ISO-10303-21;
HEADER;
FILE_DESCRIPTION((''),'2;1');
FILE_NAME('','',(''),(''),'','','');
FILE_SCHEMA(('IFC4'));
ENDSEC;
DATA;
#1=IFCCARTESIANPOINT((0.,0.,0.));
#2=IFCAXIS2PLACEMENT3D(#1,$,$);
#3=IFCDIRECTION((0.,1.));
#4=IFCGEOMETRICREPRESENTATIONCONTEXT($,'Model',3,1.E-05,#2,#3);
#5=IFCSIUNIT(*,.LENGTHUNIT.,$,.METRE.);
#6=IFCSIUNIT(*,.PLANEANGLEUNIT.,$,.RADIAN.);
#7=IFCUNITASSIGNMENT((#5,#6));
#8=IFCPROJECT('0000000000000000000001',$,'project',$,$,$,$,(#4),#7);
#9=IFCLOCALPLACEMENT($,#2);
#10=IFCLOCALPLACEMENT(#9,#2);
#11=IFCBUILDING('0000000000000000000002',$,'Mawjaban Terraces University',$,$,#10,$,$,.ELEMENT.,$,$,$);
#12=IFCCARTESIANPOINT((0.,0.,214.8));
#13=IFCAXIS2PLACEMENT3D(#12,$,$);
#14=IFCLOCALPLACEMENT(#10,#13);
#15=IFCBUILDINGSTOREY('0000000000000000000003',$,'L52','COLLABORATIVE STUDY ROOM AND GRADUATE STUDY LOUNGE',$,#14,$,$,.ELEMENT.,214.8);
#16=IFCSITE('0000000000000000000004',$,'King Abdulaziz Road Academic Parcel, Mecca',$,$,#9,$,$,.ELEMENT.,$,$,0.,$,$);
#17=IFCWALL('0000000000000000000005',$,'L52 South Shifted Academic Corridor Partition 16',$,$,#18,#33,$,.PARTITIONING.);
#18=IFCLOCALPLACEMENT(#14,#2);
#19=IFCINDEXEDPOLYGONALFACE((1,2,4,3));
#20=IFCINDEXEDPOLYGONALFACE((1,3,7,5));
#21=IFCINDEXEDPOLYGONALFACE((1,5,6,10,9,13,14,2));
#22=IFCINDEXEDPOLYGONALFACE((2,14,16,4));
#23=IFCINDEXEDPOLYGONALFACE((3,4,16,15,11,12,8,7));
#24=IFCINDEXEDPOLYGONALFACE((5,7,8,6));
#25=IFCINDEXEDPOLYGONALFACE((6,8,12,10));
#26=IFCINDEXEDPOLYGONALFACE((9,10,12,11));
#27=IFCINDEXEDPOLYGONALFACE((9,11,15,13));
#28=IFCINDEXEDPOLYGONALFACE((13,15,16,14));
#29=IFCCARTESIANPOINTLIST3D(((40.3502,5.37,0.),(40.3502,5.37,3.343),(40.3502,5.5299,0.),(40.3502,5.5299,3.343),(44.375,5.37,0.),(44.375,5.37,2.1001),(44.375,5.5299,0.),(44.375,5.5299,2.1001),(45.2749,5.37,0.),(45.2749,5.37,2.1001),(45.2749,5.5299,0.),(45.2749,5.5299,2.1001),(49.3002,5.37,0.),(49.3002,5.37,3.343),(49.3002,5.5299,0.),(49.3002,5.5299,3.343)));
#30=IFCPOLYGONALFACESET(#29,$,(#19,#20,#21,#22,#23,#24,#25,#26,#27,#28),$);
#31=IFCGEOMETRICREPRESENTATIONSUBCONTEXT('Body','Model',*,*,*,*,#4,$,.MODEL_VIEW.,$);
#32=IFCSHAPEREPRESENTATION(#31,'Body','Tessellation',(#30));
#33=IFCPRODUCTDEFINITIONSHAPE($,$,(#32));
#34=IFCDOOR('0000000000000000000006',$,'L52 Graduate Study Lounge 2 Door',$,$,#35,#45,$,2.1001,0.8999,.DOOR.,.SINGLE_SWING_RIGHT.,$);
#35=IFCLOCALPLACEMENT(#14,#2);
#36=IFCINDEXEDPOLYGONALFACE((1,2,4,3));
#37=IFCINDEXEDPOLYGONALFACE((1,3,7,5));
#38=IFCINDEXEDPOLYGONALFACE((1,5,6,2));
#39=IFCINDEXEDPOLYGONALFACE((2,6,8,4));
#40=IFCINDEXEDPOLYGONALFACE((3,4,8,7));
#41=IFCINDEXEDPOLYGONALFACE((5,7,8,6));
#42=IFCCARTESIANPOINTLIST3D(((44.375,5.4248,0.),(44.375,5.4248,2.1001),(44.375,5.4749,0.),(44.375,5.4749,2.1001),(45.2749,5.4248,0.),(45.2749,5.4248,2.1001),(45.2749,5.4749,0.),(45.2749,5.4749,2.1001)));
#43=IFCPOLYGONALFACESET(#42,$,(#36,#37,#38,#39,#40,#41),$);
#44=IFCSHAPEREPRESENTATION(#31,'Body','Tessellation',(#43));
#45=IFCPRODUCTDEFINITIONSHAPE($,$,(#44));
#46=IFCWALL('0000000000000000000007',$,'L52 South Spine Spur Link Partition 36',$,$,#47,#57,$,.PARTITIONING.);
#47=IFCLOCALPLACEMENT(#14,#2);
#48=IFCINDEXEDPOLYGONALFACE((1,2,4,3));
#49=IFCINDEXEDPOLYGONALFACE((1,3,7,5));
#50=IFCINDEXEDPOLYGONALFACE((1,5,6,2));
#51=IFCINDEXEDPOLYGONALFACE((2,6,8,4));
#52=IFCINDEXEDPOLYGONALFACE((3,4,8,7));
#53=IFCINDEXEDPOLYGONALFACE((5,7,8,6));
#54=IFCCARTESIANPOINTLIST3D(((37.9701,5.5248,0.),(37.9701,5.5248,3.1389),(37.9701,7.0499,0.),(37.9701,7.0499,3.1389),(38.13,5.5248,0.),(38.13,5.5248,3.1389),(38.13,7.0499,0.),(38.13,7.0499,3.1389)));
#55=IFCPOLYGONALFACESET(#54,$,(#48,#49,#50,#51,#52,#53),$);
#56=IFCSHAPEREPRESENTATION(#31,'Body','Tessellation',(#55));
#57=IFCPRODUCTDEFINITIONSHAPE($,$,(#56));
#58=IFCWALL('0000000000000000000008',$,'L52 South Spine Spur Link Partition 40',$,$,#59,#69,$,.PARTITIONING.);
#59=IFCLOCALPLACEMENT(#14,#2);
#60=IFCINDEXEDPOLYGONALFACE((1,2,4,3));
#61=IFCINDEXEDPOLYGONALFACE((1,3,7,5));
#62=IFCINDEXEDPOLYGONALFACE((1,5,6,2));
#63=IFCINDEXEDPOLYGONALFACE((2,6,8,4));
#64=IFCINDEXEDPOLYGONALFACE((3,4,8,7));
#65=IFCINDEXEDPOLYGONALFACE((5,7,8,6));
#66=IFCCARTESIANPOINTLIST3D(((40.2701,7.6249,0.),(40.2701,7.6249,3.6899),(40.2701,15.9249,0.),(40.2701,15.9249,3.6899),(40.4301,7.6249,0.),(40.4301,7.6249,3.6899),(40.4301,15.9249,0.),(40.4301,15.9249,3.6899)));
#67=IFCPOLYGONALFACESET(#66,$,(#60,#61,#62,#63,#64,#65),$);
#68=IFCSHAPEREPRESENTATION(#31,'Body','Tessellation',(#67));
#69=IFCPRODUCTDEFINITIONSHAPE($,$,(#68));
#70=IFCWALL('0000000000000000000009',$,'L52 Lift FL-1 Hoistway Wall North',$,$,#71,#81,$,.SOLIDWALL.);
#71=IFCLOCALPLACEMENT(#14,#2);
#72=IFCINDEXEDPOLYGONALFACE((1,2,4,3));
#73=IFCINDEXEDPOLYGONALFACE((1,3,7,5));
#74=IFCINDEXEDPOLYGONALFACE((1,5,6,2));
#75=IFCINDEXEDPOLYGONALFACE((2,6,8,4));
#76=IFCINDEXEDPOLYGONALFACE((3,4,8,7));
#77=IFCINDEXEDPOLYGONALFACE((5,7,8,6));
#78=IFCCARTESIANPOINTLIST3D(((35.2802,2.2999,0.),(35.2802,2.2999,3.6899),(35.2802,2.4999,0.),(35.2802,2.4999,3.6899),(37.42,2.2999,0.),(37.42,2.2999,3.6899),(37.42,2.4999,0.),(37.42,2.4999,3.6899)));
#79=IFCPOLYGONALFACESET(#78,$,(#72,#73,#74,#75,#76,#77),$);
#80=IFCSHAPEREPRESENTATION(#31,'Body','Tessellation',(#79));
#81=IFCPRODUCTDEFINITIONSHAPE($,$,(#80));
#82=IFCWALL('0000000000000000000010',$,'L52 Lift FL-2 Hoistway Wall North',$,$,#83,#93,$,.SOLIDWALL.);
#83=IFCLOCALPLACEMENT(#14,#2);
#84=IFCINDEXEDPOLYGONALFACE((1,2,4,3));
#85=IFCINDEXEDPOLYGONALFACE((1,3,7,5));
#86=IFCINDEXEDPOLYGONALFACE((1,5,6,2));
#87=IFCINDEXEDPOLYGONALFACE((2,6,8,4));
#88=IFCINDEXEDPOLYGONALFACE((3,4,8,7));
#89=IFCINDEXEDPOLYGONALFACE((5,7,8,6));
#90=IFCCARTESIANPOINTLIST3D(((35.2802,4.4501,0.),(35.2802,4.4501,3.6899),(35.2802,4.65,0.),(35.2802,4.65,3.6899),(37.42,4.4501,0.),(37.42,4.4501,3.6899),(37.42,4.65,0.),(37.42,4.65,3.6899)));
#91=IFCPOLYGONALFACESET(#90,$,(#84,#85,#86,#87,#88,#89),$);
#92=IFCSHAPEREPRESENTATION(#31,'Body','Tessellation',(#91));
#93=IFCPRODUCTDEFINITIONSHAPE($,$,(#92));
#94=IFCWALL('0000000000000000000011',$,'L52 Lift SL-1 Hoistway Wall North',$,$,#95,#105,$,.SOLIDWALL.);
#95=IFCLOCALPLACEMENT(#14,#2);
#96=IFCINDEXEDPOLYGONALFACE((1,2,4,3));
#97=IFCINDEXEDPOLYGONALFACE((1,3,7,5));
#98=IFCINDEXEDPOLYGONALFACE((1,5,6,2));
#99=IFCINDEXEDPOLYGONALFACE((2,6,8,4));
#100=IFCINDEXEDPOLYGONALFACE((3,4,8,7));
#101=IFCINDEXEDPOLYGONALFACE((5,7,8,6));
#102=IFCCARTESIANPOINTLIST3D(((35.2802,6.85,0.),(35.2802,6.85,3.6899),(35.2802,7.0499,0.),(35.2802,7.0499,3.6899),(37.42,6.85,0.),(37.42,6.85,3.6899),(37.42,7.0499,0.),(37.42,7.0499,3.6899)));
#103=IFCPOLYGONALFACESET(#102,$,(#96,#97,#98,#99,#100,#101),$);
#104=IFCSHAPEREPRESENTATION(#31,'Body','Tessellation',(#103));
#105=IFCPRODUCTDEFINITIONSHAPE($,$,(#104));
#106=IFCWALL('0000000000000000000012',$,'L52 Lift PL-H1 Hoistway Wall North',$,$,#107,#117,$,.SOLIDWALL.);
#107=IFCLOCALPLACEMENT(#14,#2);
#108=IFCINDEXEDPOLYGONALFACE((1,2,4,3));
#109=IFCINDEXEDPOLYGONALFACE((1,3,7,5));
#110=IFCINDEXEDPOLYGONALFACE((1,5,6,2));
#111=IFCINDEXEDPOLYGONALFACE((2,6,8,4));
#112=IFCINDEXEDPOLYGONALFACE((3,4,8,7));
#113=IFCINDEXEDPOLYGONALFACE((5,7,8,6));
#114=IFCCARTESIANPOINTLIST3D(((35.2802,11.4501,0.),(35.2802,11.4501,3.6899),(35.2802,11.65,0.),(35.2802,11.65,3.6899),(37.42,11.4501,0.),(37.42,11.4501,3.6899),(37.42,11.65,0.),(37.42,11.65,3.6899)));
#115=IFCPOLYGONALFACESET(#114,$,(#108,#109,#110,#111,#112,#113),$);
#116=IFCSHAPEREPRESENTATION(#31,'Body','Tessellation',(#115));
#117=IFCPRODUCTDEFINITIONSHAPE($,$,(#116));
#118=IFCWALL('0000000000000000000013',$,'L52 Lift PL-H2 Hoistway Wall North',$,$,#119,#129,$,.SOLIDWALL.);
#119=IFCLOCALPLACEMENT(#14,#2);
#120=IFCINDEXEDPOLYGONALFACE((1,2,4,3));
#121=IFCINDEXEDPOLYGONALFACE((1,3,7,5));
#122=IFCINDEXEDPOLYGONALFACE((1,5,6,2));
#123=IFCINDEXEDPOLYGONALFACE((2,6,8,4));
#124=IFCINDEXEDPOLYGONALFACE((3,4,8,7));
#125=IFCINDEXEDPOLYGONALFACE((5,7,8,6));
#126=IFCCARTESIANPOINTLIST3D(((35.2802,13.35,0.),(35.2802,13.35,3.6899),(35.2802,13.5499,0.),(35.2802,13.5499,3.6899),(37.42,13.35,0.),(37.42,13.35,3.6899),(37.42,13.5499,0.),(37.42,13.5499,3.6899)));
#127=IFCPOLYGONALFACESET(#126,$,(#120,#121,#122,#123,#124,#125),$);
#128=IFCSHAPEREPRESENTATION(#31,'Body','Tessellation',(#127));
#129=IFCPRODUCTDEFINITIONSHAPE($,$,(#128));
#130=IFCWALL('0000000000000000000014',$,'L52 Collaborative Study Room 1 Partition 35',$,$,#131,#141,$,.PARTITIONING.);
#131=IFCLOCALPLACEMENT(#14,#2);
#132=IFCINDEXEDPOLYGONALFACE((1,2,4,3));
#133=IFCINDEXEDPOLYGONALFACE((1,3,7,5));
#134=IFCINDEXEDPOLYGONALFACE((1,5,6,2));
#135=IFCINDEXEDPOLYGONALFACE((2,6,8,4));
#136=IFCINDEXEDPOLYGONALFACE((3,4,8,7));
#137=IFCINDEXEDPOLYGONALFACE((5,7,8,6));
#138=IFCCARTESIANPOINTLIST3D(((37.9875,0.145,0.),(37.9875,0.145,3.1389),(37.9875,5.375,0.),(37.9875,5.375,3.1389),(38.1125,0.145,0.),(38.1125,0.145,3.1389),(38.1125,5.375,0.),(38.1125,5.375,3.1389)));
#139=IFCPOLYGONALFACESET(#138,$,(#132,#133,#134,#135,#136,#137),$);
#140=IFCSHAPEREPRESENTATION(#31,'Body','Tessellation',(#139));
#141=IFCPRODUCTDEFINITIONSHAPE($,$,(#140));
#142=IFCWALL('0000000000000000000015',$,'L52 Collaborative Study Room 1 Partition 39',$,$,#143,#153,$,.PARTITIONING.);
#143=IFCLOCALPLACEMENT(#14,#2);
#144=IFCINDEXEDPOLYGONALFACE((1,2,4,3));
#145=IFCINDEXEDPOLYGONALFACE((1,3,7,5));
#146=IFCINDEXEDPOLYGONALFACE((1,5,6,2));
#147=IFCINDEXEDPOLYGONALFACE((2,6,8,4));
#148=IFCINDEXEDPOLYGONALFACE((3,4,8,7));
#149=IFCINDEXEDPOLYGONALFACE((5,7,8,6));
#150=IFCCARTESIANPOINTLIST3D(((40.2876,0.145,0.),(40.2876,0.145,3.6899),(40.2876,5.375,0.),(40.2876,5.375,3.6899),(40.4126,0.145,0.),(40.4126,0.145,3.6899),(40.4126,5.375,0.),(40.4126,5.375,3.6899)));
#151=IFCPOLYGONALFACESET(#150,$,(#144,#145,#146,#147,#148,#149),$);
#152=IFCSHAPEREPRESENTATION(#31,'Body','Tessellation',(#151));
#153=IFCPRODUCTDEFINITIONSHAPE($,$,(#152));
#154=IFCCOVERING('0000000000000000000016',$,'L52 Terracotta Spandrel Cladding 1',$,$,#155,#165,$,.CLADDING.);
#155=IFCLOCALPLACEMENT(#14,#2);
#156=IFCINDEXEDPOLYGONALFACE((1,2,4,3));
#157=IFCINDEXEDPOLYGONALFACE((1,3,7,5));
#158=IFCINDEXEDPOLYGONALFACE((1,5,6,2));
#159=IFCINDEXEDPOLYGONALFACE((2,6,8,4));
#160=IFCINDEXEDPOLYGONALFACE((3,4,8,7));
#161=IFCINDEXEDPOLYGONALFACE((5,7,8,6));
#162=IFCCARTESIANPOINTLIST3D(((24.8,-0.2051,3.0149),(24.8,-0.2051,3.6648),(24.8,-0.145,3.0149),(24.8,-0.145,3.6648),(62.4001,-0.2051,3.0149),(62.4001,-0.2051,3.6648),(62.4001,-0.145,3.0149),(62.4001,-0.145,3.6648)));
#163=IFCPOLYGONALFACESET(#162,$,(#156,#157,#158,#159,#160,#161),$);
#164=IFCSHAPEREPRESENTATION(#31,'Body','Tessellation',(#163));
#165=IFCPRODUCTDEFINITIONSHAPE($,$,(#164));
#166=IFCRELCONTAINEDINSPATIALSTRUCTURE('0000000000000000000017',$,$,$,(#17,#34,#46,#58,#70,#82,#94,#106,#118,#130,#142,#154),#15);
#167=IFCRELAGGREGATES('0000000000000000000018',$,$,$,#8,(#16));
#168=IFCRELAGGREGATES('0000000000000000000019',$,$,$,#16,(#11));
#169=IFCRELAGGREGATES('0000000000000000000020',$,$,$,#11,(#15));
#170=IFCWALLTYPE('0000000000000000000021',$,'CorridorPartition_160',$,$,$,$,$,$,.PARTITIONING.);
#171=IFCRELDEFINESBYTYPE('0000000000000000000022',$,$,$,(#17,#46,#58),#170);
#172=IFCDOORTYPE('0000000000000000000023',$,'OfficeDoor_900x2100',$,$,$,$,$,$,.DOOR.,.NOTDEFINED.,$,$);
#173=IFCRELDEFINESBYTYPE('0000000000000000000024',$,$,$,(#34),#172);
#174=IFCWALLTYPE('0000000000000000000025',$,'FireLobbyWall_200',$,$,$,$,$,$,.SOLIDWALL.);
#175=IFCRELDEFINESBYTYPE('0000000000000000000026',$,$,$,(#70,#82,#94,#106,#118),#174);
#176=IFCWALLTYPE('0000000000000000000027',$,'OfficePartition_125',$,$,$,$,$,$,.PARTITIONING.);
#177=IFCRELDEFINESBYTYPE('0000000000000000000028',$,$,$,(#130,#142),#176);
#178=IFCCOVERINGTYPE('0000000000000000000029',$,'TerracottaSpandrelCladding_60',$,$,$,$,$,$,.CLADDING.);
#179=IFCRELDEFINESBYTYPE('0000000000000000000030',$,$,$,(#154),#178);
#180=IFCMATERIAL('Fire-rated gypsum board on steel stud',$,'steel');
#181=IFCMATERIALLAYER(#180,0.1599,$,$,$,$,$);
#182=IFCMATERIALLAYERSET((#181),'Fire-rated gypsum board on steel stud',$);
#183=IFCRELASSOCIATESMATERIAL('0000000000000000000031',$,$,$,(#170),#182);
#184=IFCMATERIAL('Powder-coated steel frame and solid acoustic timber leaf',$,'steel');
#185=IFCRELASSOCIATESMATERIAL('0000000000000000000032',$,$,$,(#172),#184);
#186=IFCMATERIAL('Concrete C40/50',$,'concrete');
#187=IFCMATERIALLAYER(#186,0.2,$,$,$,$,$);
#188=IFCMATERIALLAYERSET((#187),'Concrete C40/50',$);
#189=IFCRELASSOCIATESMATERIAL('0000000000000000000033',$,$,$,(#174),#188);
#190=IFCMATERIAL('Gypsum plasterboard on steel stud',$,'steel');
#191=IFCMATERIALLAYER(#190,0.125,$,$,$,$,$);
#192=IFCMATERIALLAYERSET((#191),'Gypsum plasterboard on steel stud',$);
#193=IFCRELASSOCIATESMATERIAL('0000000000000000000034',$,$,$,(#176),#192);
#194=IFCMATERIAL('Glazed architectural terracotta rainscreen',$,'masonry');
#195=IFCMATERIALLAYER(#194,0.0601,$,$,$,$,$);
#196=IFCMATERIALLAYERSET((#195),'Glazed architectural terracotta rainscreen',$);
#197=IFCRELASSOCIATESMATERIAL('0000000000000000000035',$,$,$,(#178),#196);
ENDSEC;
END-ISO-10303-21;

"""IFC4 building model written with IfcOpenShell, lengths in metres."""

from ifc_helpers import new_model, si_unit, direction, frame, frame_2d, origin, origin_2d, place, context, subcontext, project, spatial, rectangle, extrude, material, layer, layer_set, type_object, element, fill, save


model = new_model("IFC4")

# Units and contexts
model_context = context("Model", 3, precision=1e-05, world=origin(), true_north=direction((0.0, 1.0)))
body_context = subcontext(model_context, "Body", "Model", "MODEL_VIEW")
ifc_project = project(units=[si_unit("LENGTHUNIT", "METRE"), si_unit("PLANEANGLEUNIT", "RADIAN")], contexts=[model_context])

# Site, building, storey
site_placement = place(None, origin())
site = spatial("IfcSite", under=ifc_project, at=site_placement, Name="King Abdulaziz Road Academic Parcel, Mecca", CompositionType="ELEMENT", RefElevation=0.0)
building_placement = place(site_placement, origin())
building = spatial("IfcBuilding", under=site, at=building_placement, Name="Mawjaban Terraces University", CompositionType="ELEMENT")
storey_placement = place(building_placement, frame((0.0, 0.0, 214.8)))
storey = spatial("IfcBuildingStorey", under=building, at=storey_placement, Name="L52", Description="COLLABORATIVE STUDY ROOM AND GRADUATE STUDY LOUNGE", CompositionType="ELEMENT", Elevation=214.8)

# Wall, opening, door
ifc_material_1 = material(Name="Fire-rated gypsum board on steel stud", Category="steel")
ifc_layer_1 = layer(ifc_material_1, 0.1599)
ifc_layer_set_1 = layer_set([ifc_layer_1], Name="Fire-rated gypsum board on steel stud")
wall_type_1 = type_object("IfcWallType", Name="CorridorPartition_160", PredefinedType="PARTITIONING", material=ifc_layer_set_1)
ifc_material_2 = material(Name="Powder-coated steel frame and solid acoustic timber leaf", Category="steel")
door_type = type_object("IfcDoorType", Name="OfficeDoor_900x2100", OperationType="NOTDEFINED", PredefinedType="DOOR", material=ifc_material_2)
wall_1_placement = place(storey_placement, frame((40.3501, 5.45, 0.0), z_axis=(0.0, 0.0, 1.0), x_axis=(1.0, 0.0, 0.0)))
wall_1 = element("IfcWall", 1, at=wall_1_placement, inside=storey, type_object=wall_type_1, Name="L52 South Shifted Academic Corridor Partition 16", PredefinedType="PARTITIONING", context=body_context, shape_type="SweptSolid", body=[
    extrude(rectangle(XDim=8.95, YDim=0.1599, at=frame_2d((4.4751, 0.0))), origin(), (0.0, 0.0, 1.0), 3.343),
])
opening_1_placement = place(wall_1_placement, frame((4.0249, 0.0, 0.0)))
opening_1 = element("IfcOpeningElement", 2, at=opening_1_placement, cuts=wall_1, PredefinedType="OPENING", context=body_context, shape_type="SweptSolid", body=[
    extrude(rectangle(XDim=0.8999, YDim=2.1001, at=frame_2d((0.45, 1.05))), frame((0.0, 0.0898, 0.0), z_axis=(0.0, -1.0, 0.0), x_axis=(1.0, 0.0, 0.0)), (0.0, 0.0, 1.0), 0.1799),
])
door_1_placement = place(opening_1_placement, origin())
door_1 = element("IfcDoor", 3, at=door_1_placement, inside=storey, type_object=door_type, Name="L52 Graduate Study Lounge 2 Door", OperationType="SINGLE_SWING_RIGHT", OverallHeight=2.1001, OverallWidth=0.8999, PredefinedType="DOOR", context=body_context, shape_type="SweptSolid", body=[
    extrude(rectangle(XDim=0.8999, YDim=2.1001, at=frame_2d((0.45, 1.05))), frame((0.0, 0.0249, 0.0), z_axis=(0.0, -1.0, 0.0), x_axis=(1.0, 0.0, 0.0)), (0.0, 0.0, 1.0), 0.05),
])
fill(opening_1, door_1)

# Walls
wall_2_placement = place(storey_placement, frame((38.05, 7.05, 0.0), z_axis=(0.0, 0.0, 1.0), x_axis=(0.0, -1.0, 0.0)))
element("IfcWall", 4, at=wall_2_placement, inside=storey, type_object=wall_type_1, Name="L52 South Spine Spur Link Partition 36", PredefinedType="PARTITIONING", context=body_context, shape_type="SweptSolid", body=[
    extrude(rectangle(XDim=1.5251, YDim=0.1599, at=frame_2d((0.7627, 0.0))), origin(), (0.0, 0.0, 1.0), 3.1389),
])
wall_3_placement = place(storey_placement, frame((40.3501, 7.625, 0.0), z_axis=(0.0, 0.0, 1.0), x_axis=(0.0, 1.0, 0.0)))
element("IfcWall", 5, at=wall_3_placement, inside=storey, type_object=wall_type_1, Name="L52 South Spine Spur Link Partition 40", PredefinedType="PARTITIONING", context=body_context, shape_type="SweptSolid", body=[
    extrude(rectangle(XDim=8.3, YDim=0.1599, at=frame_2d((4.1499, 0.0))), origin(), (0.0, 0.0, 1.0), 3.6899),
])
ifc_material_3 = material(Name="Concrete C40/50", Category="concrete")
ifc_layer_2 = layer(ifc_material_3, 0.2)
ifc_layer_set_2 = layer_set([ifc_layer_2], Name="Concrete C40/50")
wall_type_2 = type_object("IfcWallType", Name="FireLobbyWall_200", PredefinedType="SOLIDWALL", material=ifc_layer_set_2)
for number, where, z_axis, x_axis, name in (
    (6, (37.4199, 2.3999, 0.0), (0.0, 0.0, 1.0), (-1.0, 0.0, 0.0), "L52 Lift FL-1 Hoistway Wall North"),
    (7, (37.4199, 4.55, 0.0), (0.0, 0.0, 1.0), (-1.0, 0.0, 0.0), "L52 Lift FL-2 Hoistway Wall North"),
    (8, (37.4199, 6.95, 0.0), (0.0, 0.0, 1.0), (-1.0, 0.0, 0.0), "L52 Lift SL-1 Hoistway Wall North"),
    (9, (37.4199, 11.55, 0.0), (0.0, 0.0, 1.0), (-1.0, 0.0, 0.0), "L52 Lift PL-H1 Hoistway Wall North"),
    (10, (37.4199, 13.45, 0.0), (0.0, 0.0, 1.0), (-1.0, 0.0, 0.0), "L52 Lift PL-H2 Hoistway Wall North"),
):
    element("IfcWall", number, at=place(storey_placement, frame(where, z_axis=z_axis, x_axis=x_axis)), inside=storey, type_object=wall_type_2, Name=name, PredefinedType="SOLIDWALL", context=body_context, shape_type="SweptSolid", body=[
        extrude(rectangle(XDim=2.1399, YDim=0.2, at=frame_2d((1.0698, 0.0))), origin(), (0.0, 0.0, 1.0), 3.6899),
    ])
ifc_material_4 = material(Name="Gypsum plasterboard on steel stud", Category="steel")
ifc_layer_3 = layer(ifc_material_4, 0.125)
ifc_layer_set_3 = layer_set([ifc_layer_3], Name="Gypsum plasterboard on steel stud")
wall_type_3 = type_object("IfcWallType", Name="OfficePartition_125", PredefinedType="PARTITIONING", material=ifc_layer_set_3)
wall_4_placement = place(storey_placement, frame((38.05, 5.375, 0.0), z_axis=(0.0, 0.0, 1.0), x_axis=(0.0, -1.0, 0.0)))
element("IfcWall", 11, at=wall_4_placement, inside=storey, type_object=wall_type_3, Name="L52 Collaborative Study Room 1 Partition 35", PredefinedType="PARTITIONING", context=body_context, shape_type="SweptSolid", body=[
    extrude(rectangle(XDim=5.23, YDim=0.125, at=frame_2d((2.615, 0.0))), origin(), (0.0, 0.0, 1.0), 3.1389),
])
wall_5_placement = place(storey_placement, frame((40.3501, 0.145, 0.0), z_axis=(0.0, 0.0, 1.0), x_axis=(0.0, 1.0, 0.0)))
element("IfcWall", 12, at=wall_5_placement, inside=storey, type_object=wall_type_3, Name="L52 Collaborative Study Room 1 Partition 39", PredefinedType="PARTITIONING", context=body_context, shape_type="SweptSolid", body=[
    extrude(rectangle(XDim=5.23, YDim=0.125, at=frame_2d((2.615, 0.0))), origin(), (0.0, 0.0, 1.0), 3.6899),
])

# Covering
ifc_material_5 = material(Name="Glazed architectural terracotta rainscreen", Category="masonry")
ifc_layer_4 = layer(ifc_material_5, 0.0601)
ifc_layer_set_4 = layer_set([ifc_layer_4], Name="Glazed architectural terracotta rainscreen")
covering_type = type_object("IfcCoveringType", Name="TerracottaSpandrelCladding_60", PredefinedType="CLADDING", material=ifc_layer_set_4)
covering_placement = place(storey_placement, frame((43.6001, -0.175, 3.0149), z_axis=(0.0, 0.0, 1.0), x_axis=(1.0, 0.0, 0.0)))
element("IfcCovering", 13, at=covering_placement, inside=storey, type_object=covering_type, Name="L52 Terracotta Spandrel Cladding 1", PredefinedType="CLADDING", context=body_context, shape_type="SweptSolid", body=[
    extrude(rectangle(XDim=37.6001, YDim=0.0601, at=origin_2d()), origin(), (0.0, 0.0, 1.0), 0.6499),
])

save(model, "model.ifc")
